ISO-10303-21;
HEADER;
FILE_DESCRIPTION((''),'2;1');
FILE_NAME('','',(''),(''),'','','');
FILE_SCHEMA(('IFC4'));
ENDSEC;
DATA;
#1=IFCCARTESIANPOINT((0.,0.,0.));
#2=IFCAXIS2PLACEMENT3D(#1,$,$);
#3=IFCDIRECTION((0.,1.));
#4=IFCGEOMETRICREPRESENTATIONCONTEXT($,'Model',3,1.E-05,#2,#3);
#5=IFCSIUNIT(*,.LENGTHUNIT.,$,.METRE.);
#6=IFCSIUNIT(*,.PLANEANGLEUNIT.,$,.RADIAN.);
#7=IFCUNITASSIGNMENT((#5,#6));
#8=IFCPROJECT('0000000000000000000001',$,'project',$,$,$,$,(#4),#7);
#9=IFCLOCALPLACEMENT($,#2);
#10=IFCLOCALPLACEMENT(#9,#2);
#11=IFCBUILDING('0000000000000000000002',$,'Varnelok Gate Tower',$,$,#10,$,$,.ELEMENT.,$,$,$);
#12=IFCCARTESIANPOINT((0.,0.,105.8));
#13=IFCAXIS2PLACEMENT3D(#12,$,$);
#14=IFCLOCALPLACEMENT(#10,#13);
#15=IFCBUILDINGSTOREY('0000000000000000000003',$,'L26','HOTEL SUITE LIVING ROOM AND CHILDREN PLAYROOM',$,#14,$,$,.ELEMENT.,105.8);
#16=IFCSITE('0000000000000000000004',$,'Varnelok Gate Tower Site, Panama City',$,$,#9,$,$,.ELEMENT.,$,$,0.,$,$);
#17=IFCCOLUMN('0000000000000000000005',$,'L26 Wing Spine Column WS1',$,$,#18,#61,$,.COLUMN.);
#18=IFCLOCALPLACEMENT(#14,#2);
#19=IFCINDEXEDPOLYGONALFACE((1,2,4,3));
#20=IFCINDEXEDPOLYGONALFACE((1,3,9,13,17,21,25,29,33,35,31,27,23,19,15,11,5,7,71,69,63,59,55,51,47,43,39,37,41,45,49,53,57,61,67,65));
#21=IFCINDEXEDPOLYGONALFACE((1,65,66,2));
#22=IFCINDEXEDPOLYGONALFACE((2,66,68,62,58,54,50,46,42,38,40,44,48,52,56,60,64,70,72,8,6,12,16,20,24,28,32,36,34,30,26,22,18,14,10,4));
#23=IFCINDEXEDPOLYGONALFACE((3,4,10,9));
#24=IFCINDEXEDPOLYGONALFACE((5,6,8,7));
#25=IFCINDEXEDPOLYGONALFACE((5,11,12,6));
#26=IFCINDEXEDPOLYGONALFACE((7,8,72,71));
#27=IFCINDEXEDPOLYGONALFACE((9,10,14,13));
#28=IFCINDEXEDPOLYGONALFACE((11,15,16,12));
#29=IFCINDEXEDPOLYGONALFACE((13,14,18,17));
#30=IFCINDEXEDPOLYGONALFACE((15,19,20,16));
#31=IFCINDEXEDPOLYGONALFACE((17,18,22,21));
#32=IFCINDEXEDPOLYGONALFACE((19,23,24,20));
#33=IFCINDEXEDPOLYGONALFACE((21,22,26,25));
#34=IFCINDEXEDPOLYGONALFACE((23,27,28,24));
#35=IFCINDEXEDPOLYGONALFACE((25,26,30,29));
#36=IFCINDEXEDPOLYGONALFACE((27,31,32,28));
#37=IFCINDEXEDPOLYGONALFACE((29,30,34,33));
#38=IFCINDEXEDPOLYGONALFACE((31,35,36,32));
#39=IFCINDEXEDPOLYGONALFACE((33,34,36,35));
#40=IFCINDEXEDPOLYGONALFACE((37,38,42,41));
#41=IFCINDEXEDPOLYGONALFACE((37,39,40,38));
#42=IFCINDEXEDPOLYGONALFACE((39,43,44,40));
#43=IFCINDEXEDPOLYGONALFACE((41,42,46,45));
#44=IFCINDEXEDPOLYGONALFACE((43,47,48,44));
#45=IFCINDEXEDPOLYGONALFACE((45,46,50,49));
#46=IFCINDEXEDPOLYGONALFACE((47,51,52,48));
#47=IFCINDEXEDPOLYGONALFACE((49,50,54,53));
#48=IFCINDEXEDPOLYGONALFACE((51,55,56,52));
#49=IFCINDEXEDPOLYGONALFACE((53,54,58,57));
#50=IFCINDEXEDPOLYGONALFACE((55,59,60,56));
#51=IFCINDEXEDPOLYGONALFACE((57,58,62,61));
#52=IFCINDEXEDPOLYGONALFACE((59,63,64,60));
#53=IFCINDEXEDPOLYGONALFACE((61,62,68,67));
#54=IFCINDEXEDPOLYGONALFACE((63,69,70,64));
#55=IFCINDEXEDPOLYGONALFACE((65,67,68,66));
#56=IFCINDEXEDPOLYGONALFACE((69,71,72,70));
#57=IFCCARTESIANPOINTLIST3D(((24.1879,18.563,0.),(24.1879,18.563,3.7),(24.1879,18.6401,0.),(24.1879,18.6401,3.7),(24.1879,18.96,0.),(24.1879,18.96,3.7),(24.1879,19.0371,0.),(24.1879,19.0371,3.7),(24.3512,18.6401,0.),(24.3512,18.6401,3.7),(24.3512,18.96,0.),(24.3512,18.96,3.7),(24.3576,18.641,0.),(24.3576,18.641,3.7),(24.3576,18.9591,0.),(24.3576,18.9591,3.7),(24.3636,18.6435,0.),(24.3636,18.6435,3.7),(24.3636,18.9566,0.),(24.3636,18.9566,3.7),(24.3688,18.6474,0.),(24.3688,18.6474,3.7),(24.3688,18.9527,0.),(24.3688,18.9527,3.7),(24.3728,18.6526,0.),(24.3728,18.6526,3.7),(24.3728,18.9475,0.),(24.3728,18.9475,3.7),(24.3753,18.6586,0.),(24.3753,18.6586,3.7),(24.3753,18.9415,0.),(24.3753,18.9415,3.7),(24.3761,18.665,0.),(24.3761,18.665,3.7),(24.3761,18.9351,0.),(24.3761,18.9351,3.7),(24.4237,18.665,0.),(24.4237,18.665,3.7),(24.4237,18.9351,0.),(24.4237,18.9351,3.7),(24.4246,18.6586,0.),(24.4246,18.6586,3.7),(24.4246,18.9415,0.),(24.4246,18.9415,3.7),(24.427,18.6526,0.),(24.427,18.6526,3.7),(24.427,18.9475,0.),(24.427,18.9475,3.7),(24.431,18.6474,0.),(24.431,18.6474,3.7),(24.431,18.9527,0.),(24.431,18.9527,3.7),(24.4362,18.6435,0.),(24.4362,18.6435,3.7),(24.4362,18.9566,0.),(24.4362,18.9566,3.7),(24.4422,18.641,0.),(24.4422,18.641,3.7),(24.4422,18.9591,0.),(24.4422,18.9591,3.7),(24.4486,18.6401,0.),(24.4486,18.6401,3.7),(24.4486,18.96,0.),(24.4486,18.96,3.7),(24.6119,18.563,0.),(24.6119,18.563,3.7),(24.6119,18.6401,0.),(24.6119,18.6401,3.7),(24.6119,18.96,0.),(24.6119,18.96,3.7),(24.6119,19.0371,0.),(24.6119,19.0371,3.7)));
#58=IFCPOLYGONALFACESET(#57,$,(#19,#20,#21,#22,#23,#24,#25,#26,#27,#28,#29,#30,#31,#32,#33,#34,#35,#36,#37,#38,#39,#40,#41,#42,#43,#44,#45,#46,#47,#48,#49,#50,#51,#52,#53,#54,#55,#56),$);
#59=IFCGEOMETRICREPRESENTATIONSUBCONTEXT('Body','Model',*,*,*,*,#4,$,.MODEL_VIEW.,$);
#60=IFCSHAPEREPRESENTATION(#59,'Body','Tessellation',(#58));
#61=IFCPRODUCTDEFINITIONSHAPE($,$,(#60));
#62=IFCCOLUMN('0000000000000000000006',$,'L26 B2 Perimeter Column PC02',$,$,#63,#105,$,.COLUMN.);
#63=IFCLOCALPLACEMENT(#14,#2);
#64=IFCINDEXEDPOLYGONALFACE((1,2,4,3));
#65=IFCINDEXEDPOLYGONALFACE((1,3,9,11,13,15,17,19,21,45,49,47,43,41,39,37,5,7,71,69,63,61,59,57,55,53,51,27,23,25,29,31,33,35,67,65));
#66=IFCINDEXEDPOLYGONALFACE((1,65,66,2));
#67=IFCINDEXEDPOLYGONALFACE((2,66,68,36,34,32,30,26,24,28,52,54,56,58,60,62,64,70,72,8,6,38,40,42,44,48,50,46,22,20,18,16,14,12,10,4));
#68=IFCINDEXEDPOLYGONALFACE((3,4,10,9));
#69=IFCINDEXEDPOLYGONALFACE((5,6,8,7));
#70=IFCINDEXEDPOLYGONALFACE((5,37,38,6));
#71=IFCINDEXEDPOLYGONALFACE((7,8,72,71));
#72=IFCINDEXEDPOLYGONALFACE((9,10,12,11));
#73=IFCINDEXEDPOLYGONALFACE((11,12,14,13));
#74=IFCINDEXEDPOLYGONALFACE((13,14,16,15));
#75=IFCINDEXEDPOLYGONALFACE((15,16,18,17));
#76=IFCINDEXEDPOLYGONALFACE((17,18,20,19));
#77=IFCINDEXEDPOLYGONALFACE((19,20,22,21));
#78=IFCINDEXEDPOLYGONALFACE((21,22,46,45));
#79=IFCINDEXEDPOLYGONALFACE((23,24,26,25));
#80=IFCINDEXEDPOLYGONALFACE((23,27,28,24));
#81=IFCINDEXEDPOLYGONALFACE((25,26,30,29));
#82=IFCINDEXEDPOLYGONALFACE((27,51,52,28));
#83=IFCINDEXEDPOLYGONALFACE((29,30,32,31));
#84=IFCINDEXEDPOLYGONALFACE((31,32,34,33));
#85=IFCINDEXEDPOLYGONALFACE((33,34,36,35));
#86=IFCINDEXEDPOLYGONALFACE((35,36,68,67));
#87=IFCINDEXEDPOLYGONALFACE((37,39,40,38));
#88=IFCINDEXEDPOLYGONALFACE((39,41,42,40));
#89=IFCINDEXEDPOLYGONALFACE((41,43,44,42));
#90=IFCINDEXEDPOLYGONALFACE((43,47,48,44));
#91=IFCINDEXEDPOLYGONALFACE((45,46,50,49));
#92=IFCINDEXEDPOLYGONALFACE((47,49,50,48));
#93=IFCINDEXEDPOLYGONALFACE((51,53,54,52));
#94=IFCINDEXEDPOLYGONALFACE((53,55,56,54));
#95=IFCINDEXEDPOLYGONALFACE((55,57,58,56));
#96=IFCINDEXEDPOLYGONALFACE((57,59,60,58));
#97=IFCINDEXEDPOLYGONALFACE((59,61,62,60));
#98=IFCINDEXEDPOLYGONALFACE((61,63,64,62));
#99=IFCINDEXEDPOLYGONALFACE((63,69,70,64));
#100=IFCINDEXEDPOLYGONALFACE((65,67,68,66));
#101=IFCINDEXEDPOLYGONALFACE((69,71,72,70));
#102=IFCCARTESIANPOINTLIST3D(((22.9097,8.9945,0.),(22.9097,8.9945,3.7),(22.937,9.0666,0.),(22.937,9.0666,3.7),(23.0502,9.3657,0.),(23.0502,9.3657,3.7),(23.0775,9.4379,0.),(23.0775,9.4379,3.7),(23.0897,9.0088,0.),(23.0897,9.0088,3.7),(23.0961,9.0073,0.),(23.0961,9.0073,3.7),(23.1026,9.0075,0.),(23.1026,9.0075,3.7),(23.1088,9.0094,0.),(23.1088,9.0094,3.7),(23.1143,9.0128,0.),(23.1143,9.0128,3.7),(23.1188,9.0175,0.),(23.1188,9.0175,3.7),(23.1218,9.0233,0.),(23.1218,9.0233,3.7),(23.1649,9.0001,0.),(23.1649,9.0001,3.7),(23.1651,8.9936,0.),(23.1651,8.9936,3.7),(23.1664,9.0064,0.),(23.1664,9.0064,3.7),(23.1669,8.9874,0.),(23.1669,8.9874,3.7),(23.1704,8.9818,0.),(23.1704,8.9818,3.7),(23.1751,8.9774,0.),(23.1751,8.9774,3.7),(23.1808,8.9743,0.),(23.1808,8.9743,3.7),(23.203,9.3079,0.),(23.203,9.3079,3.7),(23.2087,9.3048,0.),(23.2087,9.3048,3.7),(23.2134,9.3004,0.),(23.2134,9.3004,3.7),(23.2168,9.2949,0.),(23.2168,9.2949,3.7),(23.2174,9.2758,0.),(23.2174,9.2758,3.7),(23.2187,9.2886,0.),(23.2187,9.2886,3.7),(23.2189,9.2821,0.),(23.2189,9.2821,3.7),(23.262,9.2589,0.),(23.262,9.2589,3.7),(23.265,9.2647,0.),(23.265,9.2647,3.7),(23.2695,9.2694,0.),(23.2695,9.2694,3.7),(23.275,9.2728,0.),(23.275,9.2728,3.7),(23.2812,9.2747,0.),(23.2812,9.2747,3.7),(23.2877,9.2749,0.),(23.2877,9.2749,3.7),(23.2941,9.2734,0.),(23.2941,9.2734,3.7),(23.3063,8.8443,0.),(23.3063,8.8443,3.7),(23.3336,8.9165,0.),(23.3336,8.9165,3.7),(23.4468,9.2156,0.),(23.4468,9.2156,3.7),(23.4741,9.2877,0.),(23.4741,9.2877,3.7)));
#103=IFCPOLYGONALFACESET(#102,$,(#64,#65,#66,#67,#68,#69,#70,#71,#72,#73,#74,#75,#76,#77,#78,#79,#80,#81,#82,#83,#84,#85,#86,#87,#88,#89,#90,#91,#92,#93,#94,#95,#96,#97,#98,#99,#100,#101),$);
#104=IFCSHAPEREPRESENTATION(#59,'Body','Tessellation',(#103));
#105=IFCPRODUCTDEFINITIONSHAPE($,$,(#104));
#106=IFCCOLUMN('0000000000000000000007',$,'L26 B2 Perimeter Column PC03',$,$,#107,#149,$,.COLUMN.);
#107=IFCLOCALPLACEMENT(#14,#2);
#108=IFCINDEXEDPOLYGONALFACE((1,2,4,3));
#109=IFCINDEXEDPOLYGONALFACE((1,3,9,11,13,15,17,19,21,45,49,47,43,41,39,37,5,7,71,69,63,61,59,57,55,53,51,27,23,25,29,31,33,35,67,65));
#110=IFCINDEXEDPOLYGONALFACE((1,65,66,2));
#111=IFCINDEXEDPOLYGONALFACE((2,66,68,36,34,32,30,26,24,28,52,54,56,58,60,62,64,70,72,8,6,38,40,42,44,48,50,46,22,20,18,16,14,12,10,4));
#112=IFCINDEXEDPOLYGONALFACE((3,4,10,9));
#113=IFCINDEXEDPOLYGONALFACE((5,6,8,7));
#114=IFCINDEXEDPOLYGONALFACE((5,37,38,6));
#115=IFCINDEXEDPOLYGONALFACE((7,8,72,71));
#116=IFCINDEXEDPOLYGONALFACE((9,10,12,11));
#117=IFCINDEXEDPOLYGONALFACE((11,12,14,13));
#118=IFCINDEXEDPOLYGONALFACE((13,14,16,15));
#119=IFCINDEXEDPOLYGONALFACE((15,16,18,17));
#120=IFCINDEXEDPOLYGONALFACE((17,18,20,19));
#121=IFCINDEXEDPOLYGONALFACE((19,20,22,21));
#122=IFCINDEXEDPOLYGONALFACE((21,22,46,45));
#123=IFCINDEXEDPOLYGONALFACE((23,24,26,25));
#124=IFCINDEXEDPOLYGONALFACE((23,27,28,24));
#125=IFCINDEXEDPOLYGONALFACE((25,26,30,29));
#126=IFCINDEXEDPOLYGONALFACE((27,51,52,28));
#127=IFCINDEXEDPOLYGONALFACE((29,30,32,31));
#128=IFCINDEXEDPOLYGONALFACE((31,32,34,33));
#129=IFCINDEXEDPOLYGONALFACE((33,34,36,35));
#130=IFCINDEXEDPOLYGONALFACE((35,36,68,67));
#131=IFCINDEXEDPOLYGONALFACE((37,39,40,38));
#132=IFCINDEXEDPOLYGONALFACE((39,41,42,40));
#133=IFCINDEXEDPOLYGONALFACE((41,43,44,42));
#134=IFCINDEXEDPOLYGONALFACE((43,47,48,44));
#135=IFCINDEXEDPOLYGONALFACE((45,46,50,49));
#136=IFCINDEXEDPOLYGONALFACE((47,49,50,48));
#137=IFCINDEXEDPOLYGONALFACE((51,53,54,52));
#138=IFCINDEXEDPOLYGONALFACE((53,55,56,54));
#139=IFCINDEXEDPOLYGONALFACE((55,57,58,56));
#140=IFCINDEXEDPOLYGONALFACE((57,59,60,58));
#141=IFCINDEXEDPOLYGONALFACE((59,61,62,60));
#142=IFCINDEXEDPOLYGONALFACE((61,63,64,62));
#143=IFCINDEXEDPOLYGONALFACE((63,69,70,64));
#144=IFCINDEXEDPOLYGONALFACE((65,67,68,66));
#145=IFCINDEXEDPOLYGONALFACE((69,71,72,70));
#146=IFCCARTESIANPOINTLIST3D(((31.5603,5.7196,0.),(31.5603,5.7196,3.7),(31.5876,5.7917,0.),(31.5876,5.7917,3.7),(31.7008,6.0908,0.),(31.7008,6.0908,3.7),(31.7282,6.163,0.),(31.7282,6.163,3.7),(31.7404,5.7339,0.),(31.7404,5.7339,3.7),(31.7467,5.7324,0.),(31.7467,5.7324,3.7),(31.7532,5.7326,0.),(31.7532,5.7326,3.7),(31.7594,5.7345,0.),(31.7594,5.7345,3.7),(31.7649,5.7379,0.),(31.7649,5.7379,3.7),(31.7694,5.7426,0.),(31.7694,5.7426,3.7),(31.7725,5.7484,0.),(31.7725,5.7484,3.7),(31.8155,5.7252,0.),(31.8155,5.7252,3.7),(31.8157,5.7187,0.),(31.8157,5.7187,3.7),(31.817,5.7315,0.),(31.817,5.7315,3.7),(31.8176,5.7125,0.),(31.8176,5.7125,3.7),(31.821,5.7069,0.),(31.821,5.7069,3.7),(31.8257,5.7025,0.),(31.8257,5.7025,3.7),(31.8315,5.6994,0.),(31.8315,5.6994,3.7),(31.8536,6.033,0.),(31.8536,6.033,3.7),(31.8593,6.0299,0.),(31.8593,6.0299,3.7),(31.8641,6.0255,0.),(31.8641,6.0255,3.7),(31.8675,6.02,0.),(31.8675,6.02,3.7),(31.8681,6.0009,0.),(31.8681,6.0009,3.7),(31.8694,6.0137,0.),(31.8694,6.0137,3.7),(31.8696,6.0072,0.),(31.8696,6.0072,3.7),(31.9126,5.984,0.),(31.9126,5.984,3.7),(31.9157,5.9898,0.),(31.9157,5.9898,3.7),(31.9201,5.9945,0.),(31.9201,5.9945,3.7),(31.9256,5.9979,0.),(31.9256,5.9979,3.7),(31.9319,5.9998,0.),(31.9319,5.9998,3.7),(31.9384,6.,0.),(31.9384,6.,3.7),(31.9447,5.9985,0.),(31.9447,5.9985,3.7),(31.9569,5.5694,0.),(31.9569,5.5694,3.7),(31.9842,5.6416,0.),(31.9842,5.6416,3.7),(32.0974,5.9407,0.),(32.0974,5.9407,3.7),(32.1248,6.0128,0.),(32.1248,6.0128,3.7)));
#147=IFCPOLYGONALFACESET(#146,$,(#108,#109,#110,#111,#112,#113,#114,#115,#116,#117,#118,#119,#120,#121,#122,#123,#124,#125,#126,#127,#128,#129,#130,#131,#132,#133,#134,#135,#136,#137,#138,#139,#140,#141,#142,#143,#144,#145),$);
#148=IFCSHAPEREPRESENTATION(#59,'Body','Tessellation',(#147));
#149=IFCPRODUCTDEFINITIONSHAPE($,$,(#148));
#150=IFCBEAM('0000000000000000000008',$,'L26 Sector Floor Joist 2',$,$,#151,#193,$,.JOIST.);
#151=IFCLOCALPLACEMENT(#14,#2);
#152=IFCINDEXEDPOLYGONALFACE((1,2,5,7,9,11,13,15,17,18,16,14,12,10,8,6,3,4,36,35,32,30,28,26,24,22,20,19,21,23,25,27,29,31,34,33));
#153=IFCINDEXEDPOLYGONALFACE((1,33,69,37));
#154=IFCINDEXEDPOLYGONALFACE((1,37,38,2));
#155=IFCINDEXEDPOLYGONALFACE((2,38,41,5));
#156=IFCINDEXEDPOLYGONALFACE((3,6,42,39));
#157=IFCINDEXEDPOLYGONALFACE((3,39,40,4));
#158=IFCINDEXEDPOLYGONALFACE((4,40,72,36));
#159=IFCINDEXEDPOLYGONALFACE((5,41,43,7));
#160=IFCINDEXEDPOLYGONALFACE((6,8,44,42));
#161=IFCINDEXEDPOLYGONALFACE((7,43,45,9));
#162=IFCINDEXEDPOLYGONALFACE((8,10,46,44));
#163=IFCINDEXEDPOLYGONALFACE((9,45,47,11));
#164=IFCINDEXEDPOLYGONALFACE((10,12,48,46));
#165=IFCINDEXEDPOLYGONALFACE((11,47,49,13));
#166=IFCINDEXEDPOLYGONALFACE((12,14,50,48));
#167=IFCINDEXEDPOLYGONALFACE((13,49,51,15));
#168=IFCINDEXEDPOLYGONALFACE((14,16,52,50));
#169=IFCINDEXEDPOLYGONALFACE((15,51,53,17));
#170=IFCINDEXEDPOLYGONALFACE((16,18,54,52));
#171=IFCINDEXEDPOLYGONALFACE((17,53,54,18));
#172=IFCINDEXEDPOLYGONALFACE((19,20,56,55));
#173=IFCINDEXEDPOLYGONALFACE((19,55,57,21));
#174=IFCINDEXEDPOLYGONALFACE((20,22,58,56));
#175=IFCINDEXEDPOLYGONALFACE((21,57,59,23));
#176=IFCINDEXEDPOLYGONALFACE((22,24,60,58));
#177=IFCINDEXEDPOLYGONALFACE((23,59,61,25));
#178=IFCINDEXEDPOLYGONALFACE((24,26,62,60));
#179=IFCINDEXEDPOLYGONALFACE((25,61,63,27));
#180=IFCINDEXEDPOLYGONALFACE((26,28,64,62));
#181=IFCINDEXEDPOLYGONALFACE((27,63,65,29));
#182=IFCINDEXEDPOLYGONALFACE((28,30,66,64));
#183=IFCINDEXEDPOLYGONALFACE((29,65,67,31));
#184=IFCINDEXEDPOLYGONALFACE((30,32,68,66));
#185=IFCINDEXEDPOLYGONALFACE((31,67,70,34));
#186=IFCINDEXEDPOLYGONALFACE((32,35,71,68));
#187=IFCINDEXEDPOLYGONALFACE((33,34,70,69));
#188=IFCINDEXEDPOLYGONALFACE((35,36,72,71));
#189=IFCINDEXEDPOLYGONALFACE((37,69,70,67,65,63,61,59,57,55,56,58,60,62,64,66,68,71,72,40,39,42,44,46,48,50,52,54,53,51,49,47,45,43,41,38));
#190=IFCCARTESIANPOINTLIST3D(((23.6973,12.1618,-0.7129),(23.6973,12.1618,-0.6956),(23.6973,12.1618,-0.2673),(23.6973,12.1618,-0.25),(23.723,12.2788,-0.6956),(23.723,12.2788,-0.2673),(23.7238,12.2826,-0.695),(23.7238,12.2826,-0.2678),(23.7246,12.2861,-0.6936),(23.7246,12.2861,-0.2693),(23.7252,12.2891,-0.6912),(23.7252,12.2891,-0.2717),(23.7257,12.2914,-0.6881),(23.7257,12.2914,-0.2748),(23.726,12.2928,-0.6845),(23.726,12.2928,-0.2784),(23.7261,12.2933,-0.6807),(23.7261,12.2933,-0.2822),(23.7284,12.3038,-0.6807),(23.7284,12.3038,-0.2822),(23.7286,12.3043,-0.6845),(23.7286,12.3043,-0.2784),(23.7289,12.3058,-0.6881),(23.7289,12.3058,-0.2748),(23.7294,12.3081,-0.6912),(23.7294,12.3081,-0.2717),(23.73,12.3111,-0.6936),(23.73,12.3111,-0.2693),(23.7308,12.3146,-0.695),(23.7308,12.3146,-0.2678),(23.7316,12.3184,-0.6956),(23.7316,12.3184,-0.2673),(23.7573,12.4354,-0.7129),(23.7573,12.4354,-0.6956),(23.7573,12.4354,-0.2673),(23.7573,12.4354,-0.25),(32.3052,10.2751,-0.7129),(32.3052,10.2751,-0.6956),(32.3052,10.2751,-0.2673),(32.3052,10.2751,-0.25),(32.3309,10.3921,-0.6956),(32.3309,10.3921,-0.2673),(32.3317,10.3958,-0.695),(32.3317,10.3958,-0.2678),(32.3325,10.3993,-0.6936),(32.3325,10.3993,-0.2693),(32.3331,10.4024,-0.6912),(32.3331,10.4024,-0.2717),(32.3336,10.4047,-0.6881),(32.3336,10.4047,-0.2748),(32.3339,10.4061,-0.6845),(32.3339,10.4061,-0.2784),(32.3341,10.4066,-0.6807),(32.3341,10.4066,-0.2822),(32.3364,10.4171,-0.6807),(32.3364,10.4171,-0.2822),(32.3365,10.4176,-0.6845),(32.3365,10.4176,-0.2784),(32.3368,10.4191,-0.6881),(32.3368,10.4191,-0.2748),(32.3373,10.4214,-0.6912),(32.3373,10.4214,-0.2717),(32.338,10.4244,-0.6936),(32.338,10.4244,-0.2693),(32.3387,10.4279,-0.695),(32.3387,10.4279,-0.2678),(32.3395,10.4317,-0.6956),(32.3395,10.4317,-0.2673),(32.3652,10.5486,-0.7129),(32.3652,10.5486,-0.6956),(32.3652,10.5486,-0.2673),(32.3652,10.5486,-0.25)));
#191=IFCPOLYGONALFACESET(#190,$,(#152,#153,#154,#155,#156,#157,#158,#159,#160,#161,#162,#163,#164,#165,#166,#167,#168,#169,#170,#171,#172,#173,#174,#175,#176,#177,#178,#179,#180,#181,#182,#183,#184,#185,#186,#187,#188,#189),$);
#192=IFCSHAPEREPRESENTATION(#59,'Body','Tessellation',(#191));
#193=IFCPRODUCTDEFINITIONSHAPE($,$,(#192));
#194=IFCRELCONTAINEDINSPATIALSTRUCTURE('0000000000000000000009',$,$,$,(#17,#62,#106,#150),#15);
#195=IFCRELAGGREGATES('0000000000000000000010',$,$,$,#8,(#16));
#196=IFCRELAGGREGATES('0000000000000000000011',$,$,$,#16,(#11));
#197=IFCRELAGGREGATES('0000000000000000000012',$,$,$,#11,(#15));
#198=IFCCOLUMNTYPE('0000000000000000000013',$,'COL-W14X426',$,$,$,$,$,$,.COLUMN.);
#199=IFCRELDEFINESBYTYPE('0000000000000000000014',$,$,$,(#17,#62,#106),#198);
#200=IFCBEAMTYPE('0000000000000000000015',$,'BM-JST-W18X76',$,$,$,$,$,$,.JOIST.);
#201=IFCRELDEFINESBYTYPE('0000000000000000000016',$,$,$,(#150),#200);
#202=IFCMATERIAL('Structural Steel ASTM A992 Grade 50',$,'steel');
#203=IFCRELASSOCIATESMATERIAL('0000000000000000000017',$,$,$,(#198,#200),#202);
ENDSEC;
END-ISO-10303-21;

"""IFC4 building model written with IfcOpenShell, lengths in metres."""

from ifc_helpers import new_model, si_unit, direction, frame, origin, origin_2d, place, context, subcontext, project, spatial, i_section, extrude, material, material_profile, profile_set, type_object, element, save


model = new_model("IFC4")

# Units and contexts
model_context = context("Model", 3, precision=1e-05, world=origin(), true_north=direction((0.0, 1.0)))
body_context = subcontext(model_context, "Body", "Model", "MODEL_VIEW")
ifc_project = project(units=[si_unit("LENGTHUNIT", "METRE"), si_unit("PLANEANGLEUNIT", "RADIAN")], contexts=[model_context])

# Site, building, storey
site_placement = place(None, origin())
site = spatial("IfcSite", under=ifc_project, at=site_placement, Name="Varnelok Gate Tower Site, Panama City", CompositionType="ELEMENT", RefElevation=0.0)
building_placement = place(site_placement, origin())
building = spatial("IfcBuilding", under=site, at=building_placement, Name="Varnelok Gate Tower", CompositionType="ELEMENT")
storey_placement = place(building_placement, frame((0.0, 0.0, 105.8)))
storey = spatial("IfcBuildingStorey", under=building, at=storey_placement, Name="L26", Description="HOTEL SUITE LIVING ROOM AND CHILDREN PLAYROOM", CompositionType="ELEMENT", Elevation=105.8)

# Columns
ifc_material_1 = material(Name="Structural Steel ASTM A992 Grade 50", Category="steel")
ifc_material_profile_1 = material_profile(ifc_material_1, i_section(OverallWidth=0.4241, OverallDepth=0.4741, WebThickness=0.0476, FlangeThickness=0.0771, FilletRadius=0.0249, at=origin_2d()), Name="W14X426")
ifc_profile_set_1 = profile_set([ifc_material_profile_1], Name="Structural Steel ASTM A992 Grade 50")
column_type = type_object("IfcColumnType", Name="COL-W14X426", PredefinedType="COLUMN", material=ifc_profile_set_1)
for number, where, z_axis, x_axis, name in (
    (1, (24.3999, 18.8, 0.0), (0.0, 0.0, 1.0), (1.0, 0.0, 0.0), "L26 Wing Spine Column WS1"),
    (2, (23.1919, 9.1411, 0.0), (0.0, 0.0, 1.0), (0.935222, -0.354063, 0.0), "L26 B2 Perimeter Column PC02"),
    (3, (31.8425, 5.8662, 0.0), (0.0, 0.0, 1.0), (0.935222, -0.354063, 0.0), "L26 B2 Perimeter Column PC03"),
):
    element("IfcColumn", number, at=place(storey_placement, frame(where, z_axis=z_axis, x_axis=x_axis)), inside=storey, type_object=column_type, Name=name, PredefinedType="COLUMN", context=body_context, shape_type="SweptSolid", body=[
        extrude(i_section(OverallWidth=0.4241, OverallDepth=0.4741, WebThickness=0.0476, FlangeThickness=0.0771, FilletRadius=0.0249, at=origin_2d()), origin(), (0.0, 0.0, 1.0), 3.7),
    ])

# Beam
ifc_material_profile_2 = material_profile(ifc_material_1, i_section(OverallWidth=0.28, OverallDepth=0.4629, WebThickness=0.0107, FlangeThickness=0.0173, FilletRadius=0.0149, at=origin_2d()), Name="W18X76")
ifc_profile_set_2 = profile_set([ifc_material_profile_2], Name="Structural Steel ASTM A992 Grade 50")
beam_type_1 = type_object("IfcBeamType", Name="BM-JST-W18X76", PredefinedType="JOIST", material=ifc_profile_set_2)
beam_1_placement = place(storey_placement, frame((23.7273, 12.2986, -0.4814), z_axis=(0.976811, -0.214102, 0.0), x_axis=(0.214102, 0.976811, 0.0)))
element("IfcBeam", 4, at=beam_1_placement, inside=storey, type_object=beam_type_1, Name="L26 Sector Floor Joist 2", PredefinedType="JOIST", context=body_context, shape_type="SweptSolid", body=[
    extrude(i_section(OverallWidth=0.28, OverallDepth=0.4629, WebThickness=0.0107, FlangeThickness=0.0173, FilletRadius=0.0149, at=origin_2d()), origin(), (0.0, 0.0, 1.0), 8.8123),
])

save(model, "model.ifc")
